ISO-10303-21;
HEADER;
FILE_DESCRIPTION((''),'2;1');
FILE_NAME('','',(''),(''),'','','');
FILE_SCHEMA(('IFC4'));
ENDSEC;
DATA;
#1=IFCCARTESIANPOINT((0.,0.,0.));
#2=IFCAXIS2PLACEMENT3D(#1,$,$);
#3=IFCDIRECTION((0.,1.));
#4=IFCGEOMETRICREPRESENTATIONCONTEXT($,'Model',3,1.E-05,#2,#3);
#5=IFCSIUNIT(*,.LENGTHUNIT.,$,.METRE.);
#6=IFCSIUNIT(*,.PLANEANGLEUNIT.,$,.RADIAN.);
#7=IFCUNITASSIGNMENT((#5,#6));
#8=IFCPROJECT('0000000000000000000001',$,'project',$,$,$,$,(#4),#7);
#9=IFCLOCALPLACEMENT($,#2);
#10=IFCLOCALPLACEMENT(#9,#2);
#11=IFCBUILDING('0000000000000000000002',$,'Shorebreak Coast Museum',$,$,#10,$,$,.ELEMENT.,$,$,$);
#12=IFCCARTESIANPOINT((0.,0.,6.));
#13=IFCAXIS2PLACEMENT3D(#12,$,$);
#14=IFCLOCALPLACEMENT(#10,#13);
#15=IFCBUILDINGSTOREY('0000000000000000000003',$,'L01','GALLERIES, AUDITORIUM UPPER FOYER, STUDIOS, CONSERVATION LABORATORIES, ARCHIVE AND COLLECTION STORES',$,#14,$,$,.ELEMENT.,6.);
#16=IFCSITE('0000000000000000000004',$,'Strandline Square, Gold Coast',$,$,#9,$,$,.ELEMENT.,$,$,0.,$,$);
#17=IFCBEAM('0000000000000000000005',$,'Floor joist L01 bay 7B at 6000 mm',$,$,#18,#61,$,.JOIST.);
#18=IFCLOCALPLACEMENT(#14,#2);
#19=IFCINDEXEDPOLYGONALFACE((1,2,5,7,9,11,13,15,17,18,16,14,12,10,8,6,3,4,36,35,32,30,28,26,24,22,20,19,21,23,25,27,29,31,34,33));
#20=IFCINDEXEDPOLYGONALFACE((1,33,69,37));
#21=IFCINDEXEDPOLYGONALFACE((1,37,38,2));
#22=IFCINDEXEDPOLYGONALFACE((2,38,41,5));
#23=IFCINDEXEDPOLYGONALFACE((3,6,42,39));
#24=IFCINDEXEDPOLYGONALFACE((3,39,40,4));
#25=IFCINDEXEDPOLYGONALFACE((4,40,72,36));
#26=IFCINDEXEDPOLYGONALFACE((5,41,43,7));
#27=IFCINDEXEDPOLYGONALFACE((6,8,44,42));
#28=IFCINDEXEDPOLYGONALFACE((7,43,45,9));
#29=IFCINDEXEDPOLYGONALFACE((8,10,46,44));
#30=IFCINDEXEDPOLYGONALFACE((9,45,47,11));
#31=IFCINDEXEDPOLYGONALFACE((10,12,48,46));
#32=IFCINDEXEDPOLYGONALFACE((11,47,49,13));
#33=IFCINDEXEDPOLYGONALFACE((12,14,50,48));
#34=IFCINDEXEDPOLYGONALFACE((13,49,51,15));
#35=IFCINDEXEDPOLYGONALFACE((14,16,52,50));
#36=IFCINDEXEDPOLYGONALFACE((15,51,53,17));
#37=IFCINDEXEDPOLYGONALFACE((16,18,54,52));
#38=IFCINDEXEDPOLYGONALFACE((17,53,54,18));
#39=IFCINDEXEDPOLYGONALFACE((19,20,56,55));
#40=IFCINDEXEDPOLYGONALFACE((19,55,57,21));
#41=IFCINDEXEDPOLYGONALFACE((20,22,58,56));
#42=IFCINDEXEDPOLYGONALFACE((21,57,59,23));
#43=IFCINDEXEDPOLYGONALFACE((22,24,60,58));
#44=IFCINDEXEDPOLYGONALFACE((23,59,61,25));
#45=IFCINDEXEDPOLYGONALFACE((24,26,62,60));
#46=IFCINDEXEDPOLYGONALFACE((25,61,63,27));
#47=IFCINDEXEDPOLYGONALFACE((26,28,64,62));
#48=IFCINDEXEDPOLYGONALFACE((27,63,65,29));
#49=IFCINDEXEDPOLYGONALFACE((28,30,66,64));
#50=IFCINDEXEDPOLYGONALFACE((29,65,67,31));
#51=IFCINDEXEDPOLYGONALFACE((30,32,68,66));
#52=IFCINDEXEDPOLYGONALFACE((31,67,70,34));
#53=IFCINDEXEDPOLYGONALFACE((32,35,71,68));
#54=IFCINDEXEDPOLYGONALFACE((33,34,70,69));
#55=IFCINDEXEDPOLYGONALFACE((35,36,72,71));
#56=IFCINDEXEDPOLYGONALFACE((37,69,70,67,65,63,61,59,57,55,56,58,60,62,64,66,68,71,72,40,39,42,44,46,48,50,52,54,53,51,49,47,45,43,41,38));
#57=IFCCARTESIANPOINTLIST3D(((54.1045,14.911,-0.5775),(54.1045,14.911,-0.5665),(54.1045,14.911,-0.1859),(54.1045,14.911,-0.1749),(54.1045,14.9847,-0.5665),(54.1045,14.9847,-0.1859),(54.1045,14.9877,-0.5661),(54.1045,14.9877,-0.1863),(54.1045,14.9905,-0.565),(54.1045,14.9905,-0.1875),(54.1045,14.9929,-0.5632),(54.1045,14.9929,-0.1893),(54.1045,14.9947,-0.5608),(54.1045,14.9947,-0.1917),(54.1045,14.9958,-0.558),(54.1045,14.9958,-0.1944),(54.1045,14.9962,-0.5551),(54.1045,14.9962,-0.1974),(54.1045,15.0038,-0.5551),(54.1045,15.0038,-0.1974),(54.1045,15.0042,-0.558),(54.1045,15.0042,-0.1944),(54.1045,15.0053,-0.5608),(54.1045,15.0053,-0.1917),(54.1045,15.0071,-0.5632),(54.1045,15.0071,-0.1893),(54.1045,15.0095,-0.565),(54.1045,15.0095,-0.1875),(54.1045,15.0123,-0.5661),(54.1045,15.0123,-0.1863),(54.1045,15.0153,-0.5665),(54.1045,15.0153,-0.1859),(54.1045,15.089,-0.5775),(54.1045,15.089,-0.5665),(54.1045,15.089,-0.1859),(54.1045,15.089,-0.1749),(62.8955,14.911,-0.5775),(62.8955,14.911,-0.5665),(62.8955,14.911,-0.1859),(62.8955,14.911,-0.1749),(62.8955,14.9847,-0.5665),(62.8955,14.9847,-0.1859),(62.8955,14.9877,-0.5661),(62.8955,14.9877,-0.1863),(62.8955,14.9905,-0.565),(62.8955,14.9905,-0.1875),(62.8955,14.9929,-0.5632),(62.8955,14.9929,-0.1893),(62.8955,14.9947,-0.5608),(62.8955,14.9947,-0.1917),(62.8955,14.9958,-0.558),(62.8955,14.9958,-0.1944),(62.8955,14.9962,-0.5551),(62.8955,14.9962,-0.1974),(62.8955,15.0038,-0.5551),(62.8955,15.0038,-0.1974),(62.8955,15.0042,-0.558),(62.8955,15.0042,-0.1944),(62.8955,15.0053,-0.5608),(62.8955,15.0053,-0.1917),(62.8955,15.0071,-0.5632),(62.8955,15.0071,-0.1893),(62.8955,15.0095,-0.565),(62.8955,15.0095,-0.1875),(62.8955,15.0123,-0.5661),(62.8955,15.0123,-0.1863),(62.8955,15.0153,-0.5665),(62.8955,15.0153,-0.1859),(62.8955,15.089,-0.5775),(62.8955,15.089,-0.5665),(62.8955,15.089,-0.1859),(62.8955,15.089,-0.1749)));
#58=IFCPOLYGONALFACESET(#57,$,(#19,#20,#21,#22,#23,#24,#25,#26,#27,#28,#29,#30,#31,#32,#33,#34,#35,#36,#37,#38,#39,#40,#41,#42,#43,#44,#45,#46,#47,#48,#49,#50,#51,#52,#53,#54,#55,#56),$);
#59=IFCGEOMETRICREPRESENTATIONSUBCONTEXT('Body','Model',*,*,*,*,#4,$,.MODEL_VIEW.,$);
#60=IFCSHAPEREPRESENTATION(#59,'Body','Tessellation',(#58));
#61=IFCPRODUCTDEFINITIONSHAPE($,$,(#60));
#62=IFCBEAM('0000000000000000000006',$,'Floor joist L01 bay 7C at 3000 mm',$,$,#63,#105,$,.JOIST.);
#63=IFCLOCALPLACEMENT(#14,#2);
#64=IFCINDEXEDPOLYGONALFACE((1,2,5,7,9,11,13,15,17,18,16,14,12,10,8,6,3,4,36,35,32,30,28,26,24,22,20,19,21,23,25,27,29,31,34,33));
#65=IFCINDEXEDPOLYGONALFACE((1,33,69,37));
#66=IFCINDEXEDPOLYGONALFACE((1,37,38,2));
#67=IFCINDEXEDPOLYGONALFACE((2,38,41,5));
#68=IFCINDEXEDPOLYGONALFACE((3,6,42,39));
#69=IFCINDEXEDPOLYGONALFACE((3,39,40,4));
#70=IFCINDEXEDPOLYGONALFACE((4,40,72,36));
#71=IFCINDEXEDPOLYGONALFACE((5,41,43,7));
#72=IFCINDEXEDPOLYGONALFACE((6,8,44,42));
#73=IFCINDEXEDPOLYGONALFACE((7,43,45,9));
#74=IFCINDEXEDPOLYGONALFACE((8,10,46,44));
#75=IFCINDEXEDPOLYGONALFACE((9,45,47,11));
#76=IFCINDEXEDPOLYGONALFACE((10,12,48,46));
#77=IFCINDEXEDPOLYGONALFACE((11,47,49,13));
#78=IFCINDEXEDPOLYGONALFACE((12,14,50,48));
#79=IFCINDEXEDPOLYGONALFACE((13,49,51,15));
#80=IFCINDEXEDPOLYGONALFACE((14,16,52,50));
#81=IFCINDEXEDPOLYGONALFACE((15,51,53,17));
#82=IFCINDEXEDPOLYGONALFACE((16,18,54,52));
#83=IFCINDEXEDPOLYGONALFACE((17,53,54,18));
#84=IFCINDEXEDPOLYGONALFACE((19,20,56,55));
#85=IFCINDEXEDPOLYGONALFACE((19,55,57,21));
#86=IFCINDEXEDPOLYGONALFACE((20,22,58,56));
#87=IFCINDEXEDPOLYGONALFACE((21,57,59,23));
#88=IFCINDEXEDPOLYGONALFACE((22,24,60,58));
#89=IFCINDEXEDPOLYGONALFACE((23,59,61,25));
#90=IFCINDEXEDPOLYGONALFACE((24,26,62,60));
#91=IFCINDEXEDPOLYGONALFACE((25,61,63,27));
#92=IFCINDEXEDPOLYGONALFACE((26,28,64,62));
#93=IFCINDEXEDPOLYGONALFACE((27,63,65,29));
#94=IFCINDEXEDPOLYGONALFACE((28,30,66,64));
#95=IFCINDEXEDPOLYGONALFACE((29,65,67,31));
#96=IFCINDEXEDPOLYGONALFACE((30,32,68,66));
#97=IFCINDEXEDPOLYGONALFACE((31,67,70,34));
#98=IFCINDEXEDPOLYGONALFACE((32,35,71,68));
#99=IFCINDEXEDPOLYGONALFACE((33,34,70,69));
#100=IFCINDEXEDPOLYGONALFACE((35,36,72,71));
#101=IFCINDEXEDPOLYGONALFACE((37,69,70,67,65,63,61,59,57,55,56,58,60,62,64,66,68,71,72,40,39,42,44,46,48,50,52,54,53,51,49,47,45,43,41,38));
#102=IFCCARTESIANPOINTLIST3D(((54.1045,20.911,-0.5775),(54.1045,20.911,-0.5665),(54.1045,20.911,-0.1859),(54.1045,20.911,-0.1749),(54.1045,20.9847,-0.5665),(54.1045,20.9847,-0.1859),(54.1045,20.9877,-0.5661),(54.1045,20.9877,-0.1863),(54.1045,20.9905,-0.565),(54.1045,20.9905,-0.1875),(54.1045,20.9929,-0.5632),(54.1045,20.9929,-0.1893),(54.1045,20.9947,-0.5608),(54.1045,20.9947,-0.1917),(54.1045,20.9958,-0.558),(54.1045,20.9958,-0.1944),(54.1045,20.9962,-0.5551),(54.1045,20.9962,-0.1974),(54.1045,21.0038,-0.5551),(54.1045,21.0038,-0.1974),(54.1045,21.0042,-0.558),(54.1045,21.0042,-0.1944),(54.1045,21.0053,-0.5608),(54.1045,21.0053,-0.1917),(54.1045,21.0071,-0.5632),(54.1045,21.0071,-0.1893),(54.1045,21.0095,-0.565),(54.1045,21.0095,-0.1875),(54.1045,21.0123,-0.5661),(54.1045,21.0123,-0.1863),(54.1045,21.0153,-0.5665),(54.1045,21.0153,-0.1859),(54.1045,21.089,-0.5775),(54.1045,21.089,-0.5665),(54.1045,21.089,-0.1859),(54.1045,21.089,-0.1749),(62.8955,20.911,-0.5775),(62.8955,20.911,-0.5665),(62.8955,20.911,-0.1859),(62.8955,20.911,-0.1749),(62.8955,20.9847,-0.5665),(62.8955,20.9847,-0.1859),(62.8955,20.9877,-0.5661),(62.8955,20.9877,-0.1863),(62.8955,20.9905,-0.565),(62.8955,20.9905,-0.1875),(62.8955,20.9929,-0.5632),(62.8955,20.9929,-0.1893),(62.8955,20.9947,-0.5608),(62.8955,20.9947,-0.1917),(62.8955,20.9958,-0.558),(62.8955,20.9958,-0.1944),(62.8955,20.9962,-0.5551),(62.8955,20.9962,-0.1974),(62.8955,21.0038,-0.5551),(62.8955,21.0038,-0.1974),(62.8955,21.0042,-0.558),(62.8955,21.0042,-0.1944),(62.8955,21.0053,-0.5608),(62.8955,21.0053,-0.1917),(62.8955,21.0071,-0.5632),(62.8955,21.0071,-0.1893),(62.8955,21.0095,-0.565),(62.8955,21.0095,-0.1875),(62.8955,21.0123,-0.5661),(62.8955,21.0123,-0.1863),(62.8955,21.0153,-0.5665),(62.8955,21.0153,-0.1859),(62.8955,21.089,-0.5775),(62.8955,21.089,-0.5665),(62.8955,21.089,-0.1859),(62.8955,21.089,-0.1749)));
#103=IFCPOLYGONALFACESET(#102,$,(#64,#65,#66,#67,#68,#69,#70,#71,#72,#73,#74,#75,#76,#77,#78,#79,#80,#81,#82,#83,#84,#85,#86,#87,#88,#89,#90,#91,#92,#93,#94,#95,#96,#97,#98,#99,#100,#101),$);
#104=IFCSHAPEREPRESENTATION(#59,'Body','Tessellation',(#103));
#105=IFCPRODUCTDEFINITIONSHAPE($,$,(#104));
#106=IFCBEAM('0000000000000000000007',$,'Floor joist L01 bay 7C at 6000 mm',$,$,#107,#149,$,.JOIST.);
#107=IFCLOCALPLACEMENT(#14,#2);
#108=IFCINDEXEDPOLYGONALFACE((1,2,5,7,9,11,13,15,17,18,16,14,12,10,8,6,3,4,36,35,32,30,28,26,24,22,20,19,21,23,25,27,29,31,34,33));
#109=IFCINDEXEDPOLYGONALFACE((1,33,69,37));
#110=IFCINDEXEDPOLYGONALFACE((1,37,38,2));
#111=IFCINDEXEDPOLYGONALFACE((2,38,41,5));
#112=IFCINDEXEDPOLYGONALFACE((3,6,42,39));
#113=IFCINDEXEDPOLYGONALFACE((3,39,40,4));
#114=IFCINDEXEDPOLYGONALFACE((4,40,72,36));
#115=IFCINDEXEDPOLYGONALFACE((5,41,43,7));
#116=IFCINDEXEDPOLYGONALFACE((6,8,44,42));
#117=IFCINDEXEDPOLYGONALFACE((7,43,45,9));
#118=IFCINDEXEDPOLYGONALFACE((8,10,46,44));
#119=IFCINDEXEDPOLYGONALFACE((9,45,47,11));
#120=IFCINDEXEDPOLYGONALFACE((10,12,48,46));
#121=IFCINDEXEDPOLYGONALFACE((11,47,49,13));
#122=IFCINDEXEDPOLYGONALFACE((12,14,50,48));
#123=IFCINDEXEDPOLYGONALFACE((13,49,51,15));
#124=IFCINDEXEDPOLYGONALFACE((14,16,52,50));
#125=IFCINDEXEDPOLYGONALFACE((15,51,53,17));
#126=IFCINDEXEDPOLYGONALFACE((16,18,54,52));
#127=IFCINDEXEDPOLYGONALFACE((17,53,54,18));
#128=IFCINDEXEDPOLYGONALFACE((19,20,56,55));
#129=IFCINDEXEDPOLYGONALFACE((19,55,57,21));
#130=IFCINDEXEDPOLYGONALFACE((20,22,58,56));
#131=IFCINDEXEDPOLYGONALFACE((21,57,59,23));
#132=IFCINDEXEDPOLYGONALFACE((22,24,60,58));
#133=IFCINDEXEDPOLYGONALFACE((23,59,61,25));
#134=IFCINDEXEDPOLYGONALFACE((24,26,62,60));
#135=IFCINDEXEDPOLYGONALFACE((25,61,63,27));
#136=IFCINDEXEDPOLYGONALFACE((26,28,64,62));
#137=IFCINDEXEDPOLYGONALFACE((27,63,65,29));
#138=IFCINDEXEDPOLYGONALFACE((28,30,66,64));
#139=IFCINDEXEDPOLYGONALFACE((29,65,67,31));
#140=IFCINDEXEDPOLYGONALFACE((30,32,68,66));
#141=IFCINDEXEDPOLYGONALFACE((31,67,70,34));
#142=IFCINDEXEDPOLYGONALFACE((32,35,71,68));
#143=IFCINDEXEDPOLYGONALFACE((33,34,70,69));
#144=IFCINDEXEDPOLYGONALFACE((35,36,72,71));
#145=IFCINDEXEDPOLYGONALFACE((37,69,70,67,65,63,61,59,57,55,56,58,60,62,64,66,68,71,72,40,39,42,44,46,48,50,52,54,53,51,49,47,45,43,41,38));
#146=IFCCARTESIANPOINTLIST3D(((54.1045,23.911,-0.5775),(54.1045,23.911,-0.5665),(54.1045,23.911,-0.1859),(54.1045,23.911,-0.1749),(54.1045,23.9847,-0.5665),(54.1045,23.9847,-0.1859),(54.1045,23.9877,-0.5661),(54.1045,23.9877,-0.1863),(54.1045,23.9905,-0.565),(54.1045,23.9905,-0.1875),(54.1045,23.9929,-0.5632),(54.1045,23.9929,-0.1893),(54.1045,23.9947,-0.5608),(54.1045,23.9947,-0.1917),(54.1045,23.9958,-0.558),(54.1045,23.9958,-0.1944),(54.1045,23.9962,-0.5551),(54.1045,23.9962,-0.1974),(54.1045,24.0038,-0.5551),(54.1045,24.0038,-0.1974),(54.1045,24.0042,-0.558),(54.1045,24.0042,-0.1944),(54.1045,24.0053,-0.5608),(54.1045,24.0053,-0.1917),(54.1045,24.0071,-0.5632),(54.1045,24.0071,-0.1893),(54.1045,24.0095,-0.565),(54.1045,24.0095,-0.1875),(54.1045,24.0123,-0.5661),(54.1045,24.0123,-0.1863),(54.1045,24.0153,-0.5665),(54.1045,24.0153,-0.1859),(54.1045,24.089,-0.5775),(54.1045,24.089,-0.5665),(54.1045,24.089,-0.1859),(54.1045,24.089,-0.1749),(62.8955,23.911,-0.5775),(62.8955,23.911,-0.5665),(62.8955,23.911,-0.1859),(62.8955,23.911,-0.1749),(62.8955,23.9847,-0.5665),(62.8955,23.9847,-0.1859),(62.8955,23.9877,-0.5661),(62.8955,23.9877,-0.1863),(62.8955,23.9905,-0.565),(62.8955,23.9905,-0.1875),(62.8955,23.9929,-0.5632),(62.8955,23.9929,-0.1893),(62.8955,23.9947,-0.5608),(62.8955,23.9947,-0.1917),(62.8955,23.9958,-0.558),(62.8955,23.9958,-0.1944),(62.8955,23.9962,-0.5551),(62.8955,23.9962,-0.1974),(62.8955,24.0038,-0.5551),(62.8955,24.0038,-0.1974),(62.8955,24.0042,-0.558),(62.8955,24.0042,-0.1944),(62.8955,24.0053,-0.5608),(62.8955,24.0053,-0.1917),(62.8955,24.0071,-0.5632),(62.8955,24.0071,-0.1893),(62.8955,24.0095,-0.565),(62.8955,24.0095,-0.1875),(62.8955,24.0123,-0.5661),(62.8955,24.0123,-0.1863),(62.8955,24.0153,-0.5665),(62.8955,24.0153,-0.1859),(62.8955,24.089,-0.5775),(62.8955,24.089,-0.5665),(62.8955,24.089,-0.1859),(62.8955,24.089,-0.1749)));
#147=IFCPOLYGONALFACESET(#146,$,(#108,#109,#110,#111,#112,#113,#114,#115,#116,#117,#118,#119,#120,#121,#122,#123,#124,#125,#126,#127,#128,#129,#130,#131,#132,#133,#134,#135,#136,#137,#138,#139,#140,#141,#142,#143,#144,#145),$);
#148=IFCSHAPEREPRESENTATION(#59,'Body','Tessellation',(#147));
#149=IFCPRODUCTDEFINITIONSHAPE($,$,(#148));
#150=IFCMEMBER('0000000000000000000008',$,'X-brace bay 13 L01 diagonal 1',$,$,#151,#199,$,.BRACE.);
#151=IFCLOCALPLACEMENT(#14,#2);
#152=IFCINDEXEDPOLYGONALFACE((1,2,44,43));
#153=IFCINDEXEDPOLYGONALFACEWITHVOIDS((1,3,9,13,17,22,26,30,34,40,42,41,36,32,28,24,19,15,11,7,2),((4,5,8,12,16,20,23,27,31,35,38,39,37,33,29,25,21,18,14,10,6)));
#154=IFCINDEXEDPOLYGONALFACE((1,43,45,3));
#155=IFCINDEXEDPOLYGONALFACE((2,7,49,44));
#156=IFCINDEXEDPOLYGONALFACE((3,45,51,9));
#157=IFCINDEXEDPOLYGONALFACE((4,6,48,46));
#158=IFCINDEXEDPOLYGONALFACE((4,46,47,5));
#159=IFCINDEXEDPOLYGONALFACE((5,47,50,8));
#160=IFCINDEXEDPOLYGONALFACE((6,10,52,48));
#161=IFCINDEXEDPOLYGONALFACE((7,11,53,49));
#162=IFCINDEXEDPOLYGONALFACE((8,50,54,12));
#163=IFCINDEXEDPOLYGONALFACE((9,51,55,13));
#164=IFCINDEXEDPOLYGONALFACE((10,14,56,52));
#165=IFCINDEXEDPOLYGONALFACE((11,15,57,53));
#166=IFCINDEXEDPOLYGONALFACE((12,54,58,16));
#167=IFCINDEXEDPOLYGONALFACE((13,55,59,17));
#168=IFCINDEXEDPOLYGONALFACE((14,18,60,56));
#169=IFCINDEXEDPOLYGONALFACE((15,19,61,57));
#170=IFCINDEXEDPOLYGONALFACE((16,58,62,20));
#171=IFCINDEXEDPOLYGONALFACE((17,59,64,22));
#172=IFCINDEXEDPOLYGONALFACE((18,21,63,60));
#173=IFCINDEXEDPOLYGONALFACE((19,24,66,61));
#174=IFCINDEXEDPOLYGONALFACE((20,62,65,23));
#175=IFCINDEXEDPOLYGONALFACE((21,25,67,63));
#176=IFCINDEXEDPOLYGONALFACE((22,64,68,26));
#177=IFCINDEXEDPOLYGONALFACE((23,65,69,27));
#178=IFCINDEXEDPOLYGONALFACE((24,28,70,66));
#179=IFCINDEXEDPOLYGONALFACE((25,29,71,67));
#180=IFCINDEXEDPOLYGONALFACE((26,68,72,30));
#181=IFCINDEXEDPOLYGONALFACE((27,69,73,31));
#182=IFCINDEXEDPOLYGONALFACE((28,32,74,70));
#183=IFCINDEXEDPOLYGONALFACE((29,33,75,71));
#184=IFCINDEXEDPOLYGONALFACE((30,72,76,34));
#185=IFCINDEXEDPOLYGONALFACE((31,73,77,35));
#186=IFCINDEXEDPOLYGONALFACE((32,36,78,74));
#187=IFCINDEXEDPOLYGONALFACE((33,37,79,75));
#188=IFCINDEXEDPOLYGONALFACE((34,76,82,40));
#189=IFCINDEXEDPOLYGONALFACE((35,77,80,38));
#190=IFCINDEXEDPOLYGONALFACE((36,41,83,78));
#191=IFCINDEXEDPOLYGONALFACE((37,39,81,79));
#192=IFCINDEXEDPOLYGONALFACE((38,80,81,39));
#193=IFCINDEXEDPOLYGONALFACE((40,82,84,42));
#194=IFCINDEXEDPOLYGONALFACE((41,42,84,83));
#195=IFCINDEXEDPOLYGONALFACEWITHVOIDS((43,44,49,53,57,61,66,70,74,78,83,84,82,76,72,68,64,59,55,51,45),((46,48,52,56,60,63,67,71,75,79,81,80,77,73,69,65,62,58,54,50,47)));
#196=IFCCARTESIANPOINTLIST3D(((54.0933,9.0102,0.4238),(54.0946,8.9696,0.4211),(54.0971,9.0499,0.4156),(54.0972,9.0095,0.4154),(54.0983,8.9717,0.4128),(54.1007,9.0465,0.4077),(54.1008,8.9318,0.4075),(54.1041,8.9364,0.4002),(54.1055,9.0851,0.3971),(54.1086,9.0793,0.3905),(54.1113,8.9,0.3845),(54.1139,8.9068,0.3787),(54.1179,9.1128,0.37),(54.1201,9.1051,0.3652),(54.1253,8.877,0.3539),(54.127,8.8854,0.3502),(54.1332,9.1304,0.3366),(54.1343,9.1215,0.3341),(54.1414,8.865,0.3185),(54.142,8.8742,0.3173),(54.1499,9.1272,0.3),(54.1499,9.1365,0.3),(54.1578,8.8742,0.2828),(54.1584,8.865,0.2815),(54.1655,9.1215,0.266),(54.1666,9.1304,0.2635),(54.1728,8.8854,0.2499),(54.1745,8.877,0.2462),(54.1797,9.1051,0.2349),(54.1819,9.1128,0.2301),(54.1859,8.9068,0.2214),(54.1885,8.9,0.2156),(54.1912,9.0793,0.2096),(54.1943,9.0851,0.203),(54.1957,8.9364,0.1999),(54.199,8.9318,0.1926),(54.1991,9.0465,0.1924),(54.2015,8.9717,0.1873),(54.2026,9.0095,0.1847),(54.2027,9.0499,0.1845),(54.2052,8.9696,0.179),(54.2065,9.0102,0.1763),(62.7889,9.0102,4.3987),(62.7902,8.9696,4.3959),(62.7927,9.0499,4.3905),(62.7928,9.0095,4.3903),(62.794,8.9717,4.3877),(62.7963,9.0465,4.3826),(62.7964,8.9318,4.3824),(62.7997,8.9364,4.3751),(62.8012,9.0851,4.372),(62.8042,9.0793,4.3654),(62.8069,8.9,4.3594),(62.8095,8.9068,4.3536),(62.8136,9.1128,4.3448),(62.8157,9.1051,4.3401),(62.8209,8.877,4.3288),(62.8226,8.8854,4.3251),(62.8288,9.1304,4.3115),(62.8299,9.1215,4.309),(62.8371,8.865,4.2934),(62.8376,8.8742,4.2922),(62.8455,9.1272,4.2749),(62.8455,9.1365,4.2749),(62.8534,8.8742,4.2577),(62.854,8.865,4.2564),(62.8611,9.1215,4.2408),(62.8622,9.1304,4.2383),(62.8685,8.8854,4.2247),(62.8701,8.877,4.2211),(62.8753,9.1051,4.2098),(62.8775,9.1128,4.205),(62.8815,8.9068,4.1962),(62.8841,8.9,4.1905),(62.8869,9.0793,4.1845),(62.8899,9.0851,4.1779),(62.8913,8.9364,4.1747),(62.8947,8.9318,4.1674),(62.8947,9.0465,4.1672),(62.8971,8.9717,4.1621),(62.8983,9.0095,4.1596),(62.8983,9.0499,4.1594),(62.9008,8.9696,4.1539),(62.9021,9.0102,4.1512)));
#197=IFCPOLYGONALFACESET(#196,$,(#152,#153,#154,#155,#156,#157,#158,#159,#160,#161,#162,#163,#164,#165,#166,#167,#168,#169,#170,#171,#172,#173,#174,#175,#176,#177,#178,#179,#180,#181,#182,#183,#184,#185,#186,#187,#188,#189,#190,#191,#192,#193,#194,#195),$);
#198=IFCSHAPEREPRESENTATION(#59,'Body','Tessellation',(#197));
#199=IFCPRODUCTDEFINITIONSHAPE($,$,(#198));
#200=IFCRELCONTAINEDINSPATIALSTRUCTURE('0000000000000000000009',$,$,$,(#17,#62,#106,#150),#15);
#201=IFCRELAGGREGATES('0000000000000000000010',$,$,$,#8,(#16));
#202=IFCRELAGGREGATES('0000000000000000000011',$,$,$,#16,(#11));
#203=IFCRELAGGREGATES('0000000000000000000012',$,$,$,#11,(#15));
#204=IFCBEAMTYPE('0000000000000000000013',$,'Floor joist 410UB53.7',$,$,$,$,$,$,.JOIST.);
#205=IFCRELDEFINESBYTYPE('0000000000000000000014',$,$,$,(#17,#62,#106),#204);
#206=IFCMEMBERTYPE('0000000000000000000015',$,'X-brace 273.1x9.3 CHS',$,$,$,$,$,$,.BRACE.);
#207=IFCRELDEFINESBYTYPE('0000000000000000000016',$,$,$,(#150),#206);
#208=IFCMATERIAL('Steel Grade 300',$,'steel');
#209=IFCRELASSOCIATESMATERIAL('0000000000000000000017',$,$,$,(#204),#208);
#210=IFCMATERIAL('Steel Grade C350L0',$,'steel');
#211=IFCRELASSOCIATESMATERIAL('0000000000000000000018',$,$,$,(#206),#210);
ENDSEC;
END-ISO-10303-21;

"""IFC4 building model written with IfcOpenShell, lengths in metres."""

from ifc_helpers import new_model, si_unit, direction, frame, origin, origin_2d, place, context, subcontext, project, spatial, hollow_circle, i_section, extrude, material, material_profile, profile_set, type_object, element, save


model = new_model("IFC4")

# Units and contexts
model_context = context("Model", 3, precision=1e-05, world=origin(), true_north=direction((0.0, 1.0)))
body_context = subcontext(model_context, "Body", "Model", "MODEL_VIEW")
ifc_project = project(units=[si_unit("LENGTHUNIT", "METRE"), si_unit("PLANEANGLEUNIT", "RADIAN")], contexts=[model_context])

# Site, building, storey
site_placement = place(None, origin())
site = spatial("IfcSite", under=ifc_project, at=site_placement, Name="Strandline Square, Gold Coast", CompositionType="ELEMENT", RefElevation=0.0)
building_placement = place(site_placement, origin())
building = spatial("IfcBuilding", under=site, at=building_placement, Name="Shorebreak Coast Museum", CompositionType="ELEMENT")
storey_placement = place(building_placement, frame((0.0, 0.0, 6.0)))
storey = spatial("IfcBuildingStorey", under=building, at=storey_placement, Name="L01", Description="GALLERIES, AUDITORIUM UPPER FOYER, STUDIOS, CONSERVATION LABORATORIES, ARCHIVE AND COLLECTION STORES", CompositionType="ELEMENT", Elevation=6.0)

# Beams
ifc_material_1 = material(Name="Steel Grade 300", Category="steel")
ifc_material_profile_1 = material_profile(ifc_material_1, i_section(OverallWidth=0.178, OverallDepth=0.4026, WebThickness=0.0076, FlangeThickness=0.011, FilletRadius=0.0115, at=origin_2d()), Name="410UB53.7")
ifc_profile_set_1 = profile_set([ifc_material_profile_1], Name="Steel Grade 300")
beam_type_1 = type_object("IfcBeamType", Name="Floor joist 410UB53.7", PredefinedType="JOIST", material=ifc_profile_set_1)
for number, where, z_axis, x_axis, name in (
    (1, (54.1045, 15.0, -0.3762), (1.0, 0.0, 0.0), (0.0, 1.0, 0.0), "Floor joist L01 bay 7B at 6000 mm"),
    (2, (54.1045, 21.0, -0.3762), (1.0, 0.0, 0.0), (0.0, 1.0, 0.0), "Floor joist L01 bay 7C at 3000 mm"),
    (3, (54.1045, 24.0, -0.3762), (1.0, 0.0, 0.0), (0.0, 1.0, 0.0), "Floor joist L01 bay 7C at 6000 mm"),
):
    element("IfcBeam", number, at=place(storey_placement, frame(where, z_axis=z_axis, x_axis=x_axis)), inside=storey, type_object=beam_type_1, Name=name, PredefinedType="JOIST", context=body_context, shape_type="SweptSolid", body=[
        extrude(i_section(OverallWidth=0.178, OverallDepth=0.4026, WebThickness=0.0076, FlangeThickness=0.011, FilletRadius=0.0115, at=origin_2d()), origin(), (0.0, 0.0, 1.0), 8.791),
    ])

# Member
ifc_material_2 = material(Name="Steel Grade C350L0", Category="steel")
ifc_material_profile_2 = material_profile(ifc_material_2, hollow_circle(Radius=0.1365, WallThickness=0.0093, at=origin_2d()), Name="273.1x9.3 CHS")
ifc_profile_set_2 = profile_set([ifc_material_profile_2], Name="Steel Grade C350L0")
member_type = type_object("IfcMemberType", Name="X-brace 273.1x9.3 CHS", PredefinedType="BRACE", material=ifc_profile_set_2)
for number, where, z_axis, x_axis, name in (
    (4, (54.1499, 9.0, 0.3), (0.909485, 0.0, 0.415737), (0.0, 1.0, 0.0), "X-brace bay 13 L01 diagonal 1"),
):
    element("IfcMember", number, at=place(storey_placement, frame(where, z_axis=z_axis, x_axis=x_axis)), inside=storey, type_object=member_type, Name=name, PredefinedType="BRACE", context=body_context, shape_type="SweptSolid", body=[
        extrude(hollow_circle(Radius=0.1365, WallThickness=0.0093, at=origin_2d()), origin(), (0.0, 0.0, 1.0), 9.561),
    ])

save(model, "model.ifc")
